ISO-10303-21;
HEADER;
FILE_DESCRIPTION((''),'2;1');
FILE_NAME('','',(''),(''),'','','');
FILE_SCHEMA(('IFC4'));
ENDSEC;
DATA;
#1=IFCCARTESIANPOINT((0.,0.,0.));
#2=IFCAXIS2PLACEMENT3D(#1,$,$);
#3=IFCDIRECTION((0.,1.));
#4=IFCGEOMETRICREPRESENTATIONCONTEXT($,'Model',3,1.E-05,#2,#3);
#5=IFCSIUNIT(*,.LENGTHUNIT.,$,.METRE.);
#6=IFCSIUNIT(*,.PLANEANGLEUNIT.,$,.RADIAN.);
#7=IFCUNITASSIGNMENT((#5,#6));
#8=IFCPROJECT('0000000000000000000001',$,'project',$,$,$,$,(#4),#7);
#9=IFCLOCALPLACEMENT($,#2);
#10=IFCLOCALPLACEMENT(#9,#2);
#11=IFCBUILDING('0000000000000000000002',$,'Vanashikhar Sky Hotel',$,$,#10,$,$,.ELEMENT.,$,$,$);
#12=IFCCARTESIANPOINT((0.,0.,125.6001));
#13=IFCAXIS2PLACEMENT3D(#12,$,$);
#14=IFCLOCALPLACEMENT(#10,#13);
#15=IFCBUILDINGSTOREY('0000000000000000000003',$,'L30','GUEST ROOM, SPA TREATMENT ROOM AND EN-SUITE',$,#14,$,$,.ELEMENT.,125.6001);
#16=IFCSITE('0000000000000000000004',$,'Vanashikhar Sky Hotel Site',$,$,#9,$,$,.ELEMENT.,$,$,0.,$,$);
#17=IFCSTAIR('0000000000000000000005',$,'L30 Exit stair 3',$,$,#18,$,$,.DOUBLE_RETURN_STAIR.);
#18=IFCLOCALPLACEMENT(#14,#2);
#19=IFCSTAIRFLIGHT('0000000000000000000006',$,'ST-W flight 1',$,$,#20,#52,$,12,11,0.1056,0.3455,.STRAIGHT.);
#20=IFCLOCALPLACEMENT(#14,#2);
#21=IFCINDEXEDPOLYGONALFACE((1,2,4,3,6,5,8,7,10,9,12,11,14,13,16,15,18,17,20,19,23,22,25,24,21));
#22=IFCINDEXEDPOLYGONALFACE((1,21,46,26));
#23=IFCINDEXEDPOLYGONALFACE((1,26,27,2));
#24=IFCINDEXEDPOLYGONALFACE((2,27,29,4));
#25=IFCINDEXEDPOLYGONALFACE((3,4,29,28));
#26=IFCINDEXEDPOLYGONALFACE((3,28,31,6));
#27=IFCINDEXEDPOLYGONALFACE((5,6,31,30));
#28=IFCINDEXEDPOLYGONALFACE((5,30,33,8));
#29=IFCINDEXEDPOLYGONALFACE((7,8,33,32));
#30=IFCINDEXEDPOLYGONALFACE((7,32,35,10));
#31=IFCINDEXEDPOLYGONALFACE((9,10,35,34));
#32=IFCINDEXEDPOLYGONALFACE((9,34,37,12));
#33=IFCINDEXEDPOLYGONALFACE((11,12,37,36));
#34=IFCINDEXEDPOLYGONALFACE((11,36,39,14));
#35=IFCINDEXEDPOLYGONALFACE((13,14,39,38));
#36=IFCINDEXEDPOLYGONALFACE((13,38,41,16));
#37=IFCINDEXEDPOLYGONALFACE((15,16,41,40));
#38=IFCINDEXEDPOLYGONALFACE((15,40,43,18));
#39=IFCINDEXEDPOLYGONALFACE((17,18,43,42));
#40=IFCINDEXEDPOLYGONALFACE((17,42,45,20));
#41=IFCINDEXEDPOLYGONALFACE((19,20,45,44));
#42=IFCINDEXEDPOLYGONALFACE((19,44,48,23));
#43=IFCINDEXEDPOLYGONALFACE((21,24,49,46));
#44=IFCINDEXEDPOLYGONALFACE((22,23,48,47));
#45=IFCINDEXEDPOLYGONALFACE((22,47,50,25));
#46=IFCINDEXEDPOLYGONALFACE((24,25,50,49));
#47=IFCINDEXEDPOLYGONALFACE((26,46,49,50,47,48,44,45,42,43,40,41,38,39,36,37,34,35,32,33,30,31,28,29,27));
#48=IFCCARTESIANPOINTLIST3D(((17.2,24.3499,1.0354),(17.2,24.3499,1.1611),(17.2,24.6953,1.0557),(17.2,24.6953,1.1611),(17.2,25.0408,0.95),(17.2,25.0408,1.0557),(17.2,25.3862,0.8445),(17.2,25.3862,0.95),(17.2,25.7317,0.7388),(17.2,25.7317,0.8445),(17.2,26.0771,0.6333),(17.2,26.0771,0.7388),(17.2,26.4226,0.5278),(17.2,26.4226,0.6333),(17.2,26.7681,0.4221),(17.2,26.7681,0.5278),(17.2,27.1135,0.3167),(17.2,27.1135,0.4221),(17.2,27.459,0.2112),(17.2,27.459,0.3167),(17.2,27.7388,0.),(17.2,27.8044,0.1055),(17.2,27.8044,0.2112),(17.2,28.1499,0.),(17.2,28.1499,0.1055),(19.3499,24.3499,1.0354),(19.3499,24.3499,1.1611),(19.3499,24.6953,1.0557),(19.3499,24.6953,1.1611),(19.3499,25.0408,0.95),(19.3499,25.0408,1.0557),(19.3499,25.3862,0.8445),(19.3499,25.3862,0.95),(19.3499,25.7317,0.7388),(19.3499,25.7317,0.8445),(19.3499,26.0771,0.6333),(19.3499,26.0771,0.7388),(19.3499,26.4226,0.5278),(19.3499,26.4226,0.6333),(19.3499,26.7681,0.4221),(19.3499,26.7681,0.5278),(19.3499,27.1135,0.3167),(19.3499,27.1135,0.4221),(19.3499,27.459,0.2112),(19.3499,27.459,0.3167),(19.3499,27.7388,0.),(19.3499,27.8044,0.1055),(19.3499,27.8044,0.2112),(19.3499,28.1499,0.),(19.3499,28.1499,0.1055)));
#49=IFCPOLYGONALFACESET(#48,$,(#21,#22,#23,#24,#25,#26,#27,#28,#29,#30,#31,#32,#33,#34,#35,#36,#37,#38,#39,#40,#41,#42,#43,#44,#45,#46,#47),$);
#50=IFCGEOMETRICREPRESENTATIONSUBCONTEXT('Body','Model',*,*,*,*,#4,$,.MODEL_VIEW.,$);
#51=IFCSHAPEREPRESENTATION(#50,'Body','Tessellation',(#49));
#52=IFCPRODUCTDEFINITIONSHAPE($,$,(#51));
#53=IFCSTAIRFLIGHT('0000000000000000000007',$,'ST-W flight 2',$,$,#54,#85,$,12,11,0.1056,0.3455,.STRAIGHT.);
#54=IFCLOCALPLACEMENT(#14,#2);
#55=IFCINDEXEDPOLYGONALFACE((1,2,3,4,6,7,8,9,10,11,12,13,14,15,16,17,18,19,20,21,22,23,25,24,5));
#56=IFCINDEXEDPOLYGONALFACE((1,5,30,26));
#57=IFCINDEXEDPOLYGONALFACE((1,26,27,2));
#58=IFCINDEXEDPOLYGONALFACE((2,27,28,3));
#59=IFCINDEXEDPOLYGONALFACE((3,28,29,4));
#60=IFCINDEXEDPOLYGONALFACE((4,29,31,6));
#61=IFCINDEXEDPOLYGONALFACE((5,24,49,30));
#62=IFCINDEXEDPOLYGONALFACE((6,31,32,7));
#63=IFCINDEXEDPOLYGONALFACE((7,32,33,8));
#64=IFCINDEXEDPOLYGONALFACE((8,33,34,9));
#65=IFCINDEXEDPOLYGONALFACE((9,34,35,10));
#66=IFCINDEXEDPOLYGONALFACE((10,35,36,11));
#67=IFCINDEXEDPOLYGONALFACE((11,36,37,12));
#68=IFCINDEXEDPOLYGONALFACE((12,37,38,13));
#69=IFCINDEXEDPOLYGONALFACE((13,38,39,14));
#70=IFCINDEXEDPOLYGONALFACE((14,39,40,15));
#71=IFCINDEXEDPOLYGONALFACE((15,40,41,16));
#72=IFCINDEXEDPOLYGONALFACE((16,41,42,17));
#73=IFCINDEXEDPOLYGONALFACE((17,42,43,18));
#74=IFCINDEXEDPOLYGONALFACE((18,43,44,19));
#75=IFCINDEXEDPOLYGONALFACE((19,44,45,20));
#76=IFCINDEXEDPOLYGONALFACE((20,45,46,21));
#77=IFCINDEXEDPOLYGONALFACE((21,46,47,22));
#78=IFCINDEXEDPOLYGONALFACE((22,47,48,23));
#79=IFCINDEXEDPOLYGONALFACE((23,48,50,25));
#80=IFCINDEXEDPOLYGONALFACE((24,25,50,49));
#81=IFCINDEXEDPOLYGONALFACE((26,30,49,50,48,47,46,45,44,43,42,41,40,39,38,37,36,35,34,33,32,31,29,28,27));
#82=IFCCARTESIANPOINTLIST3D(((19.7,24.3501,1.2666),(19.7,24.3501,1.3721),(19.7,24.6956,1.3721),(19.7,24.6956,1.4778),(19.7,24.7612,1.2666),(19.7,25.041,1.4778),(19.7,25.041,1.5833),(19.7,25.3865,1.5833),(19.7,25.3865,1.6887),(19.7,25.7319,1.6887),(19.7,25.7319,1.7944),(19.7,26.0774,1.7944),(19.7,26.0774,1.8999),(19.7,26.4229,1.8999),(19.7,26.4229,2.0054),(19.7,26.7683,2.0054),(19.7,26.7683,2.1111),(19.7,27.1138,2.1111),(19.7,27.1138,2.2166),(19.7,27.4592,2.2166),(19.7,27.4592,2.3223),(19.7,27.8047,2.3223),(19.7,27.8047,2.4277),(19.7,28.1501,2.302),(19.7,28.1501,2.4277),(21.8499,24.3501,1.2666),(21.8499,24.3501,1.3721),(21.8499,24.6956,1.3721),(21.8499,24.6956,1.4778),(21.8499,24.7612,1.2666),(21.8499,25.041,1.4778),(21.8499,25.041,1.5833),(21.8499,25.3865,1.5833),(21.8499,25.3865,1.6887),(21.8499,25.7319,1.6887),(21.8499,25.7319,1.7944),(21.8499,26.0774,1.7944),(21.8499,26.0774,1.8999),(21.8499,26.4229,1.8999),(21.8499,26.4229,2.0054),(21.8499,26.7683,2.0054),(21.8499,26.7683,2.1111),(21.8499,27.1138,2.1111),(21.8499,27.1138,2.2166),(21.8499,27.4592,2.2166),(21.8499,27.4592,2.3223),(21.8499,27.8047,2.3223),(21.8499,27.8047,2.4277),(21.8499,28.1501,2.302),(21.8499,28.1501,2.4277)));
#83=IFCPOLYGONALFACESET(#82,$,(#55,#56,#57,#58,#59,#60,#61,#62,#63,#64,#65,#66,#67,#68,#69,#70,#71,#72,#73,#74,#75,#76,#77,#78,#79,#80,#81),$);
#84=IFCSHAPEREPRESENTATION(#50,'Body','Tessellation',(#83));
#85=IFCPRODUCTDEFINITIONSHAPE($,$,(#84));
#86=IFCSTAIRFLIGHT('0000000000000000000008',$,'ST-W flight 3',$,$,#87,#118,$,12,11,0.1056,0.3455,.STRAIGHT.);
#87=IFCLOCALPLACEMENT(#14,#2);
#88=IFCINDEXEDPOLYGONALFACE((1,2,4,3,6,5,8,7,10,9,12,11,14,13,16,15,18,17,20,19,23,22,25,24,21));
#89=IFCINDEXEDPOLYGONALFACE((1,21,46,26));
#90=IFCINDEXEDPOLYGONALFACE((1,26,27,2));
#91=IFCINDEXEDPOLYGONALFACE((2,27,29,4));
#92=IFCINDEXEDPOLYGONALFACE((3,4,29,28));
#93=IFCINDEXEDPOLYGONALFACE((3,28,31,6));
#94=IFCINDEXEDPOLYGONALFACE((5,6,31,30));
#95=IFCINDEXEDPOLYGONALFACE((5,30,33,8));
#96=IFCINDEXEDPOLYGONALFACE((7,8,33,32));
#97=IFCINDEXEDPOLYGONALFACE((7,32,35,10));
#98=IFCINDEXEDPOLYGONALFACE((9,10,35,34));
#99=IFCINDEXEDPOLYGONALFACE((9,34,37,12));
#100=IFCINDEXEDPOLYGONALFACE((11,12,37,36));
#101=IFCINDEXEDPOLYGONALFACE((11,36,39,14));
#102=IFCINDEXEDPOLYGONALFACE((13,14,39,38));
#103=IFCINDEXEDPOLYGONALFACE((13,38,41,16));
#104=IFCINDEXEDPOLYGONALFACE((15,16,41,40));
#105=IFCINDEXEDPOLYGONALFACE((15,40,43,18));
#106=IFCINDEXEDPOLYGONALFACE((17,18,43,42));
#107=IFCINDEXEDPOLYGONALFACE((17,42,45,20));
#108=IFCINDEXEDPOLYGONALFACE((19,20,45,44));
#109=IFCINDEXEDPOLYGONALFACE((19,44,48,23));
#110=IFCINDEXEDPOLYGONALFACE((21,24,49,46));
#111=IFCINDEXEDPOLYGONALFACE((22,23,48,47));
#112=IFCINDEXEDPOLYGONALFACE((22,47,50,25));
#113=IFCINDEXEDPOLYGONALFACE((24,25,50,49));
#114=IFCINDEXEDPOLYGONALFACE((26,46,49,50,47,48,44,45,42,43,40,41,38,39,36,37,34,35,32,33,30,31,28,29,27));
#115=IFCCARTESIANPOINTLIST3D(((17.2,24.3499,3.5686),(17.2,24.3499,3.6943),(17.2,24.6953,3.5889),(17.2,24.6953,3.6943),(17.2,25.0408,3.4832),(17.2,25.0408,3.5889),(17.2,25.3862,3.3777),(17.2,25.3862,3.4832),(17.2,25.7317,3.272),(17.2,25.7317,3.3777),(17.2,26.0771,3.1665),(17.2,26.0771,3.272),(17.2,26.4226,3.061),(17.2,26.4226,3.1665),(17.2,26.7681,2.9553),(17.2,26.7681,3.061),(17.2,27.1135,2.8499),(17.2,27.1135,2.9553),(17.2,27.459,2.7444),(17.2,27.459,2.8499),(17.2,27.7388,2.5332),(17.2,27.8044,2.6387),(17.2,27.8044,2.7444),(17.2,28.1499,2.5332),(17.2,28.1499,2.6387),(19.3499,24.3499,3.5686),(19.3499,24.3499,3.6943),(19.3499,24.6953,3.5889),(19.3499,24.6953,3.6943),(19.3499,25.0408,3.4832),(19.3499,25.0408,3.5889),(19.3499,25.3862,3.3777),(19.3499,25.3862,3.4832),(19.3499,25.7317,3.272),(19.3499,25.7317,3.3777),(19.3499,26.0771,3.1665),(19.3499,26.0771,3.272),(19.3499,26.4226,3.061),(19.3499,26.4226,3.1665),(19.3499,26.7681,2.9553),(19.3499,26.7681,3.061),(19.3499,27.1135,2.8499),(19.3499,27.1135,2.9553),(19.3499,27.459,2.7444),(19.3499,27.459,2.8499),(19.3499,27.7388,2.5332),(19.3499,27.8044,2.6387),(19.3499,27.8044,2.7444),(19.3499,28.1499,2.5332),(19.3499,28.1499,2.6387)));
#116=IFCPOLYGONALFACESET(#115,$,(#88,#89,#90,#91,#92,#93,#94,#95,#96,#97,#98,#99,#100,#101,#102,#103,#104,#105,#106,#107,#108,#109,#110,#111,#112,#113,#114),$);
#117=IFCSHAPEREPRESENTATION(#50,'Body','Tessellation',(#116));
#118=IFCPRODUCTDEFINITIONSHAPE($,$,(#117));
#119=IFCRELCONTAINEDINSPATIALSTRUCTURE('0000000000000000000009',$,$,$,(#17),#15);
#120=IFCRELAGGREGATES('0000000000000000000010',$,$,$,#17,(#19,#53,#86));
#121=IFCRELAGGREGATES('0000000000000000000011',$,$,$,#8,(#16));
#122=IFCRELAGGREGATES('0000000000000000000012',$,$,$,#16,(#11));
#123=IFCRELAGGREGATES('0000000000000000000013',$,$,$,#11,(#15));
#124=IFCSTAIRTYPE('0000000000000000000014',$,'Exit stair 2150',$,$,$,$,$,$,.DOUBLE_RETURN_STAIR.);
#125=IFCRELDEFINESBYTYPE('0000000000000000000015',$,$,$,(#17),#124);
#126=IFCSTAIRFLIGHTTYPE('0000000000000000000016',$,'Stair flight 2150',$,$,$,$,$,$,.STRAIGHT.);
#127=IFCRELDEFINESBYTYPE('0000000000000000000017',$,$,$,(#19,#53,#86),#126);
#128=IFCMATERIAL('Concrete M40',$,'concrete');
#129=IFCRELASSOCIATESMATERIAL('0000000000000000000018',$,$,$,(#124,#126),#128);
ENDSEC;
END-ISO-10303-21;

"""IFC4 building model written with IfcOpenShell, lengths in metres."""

from ifc_helpers import new_model, si_unit, direction, frame, origin, place, context, subcontext, project, spatial, polyline, outline, extrude, source, transform, mapped, material, type_object, element, aggregate, save


model = new_model("IFC4")

# Units and contexts
model_context = context("Model", 3, precision=1e-05, world=origin(), true_north=direction((0.0, 1.0)))
body_context = subcontext(model_context, "Body", "Model", "MODEL_VIEW")
ifc_project = project(units=[si_unit("LENGTHUNIT", "METRE"), si_unit("PLANEANGLEUNIT", "RADIAN")], contexts=[model_context])

# Site, building, storey
site_placement = place(None, origin())
site = spatial("IfcSite", under=ifc_project, at=site_placement, Name="Vanashikhar Sky Hotel Site", CompositionType="ELEMENT", RefElevation=0.0)
building_placement = place(site_placement, origin())
building = spatial("IfcBuilding", under=site, at=building_placement, Name="Vanashikhar Sky Hotel", CompositionType="ELEMENT")
storey_placement = place(building_placement, frame((0.0, 0.0, 125.6001)))
storey = spatial("IfcBuildingStorey", under=building, at=storey_placement, Name="L30", Description="GUEST ROOM, SPA TREATMENT ROOM AND EN-SUITE", CompositionType="ELEMENT", Elevation=125.6001)

# Stair, stair flights
ifc_material_1 = material(Name="Concrete M40", Category="concrete")
stair_type = type_object("IfcStairType", Name="Exit stair 2150", PredefinedType="DOUBLE_RETURN_STAIR", material=ifc_material_1)
stair_placement = place(storey_placement, origin())
stair = element("IfcStair", 1, at=stair_placement, inside=storey, type_object=stair_type, Name="L30 Exit stair 3", PredefinedType="DOUBLE_RETURN_STAIR")
stair_flight_type = type_object("IfcStairFlightType", Name="Stair flight 2150", PredefinedType="STRAIGHT", material=ifc_material_1)
shared_shape_1 = source(origin(), body_context, "Body", "SweptSolid", [
    extrude(outline(polyline([(0.0, 0.0), (0.0, 0.1055), (0.3455, 0.1055), (0.3455, 0.2112), (0.6909, 0.2112), (0.6909, 0.3167), (1.0364, 0.3167), (1.0364, 0.4221), (1.3818, 0.4221), (1.3818, 0.5278), (1.7273, 0.5278), (1.7273, 0.6333), (2.0728, 0.6333), (2.0728, 0.7388), (2.4182, 0.7388), (2.4182, 0.8445), (2.7637, 0.8445), (2.7637, 0.95), (3.1091, 0.95), (3.1091, 1.0557), (3.4546, 1.0557), (3.4546, 1.1611), (3.8, 1.1611), (3.8, 1.2666), (3.8, 1.0354), (0.4111, 0.0), (0.0, 0.0)])), frame((0.0, 1.075, 0.0), z_axis=(0.0, -1.0, 0.0), x_axis=(1.0, 0.0, 0.0)), (0.0, 0.0, 1.0), 2.1499),
])
stair_flight_1_placement = place(storey_placement, frame((18.2749, 28.1499, 0.0), z_axis=(0.0, 0.0, 1.0), x_axis=(0.0, -1.0, 0.0)))
stair_flight_1 = element("IfcStairFlight", 2, at=stair_flight_1_placement, type_object=stair_flight_type, Name="ST-W flight 1", NumberOfRisers=12, NumberOfTreads=11, PredefinedType="STRAIGHT", RiserHeight=0.1056, TreadLength=0.3455, context=body_context, shape_type="MappedRepresentation", body=[
    mapped(shared_shape_1, transform((0.0, 0.0, 0.0), scale=1.0)),
])
stair_flight_2_placement = place(storey_placement, frame((20.7749, 24.3501, 1.2666), z_axis=(0.0, 0.0, 1.0), x_axis=(0.0, 1.0, 0.0)))
stair_flight_2 = element("IfcStairFlight", 3, at=stair_flight_2_placement, type_object=stair_flight_type, Name="ST-W flight 2", NumberOfRisers=12, NumberOfTreads=11, PredefinedType="STRAIGHT", RiserHeight=0.1056, TreadLength=0.3455, context=body_context, shape_type="MappedRepresentation", body=[
    mapped(shared_shape_1, transform((0.0, 0.0, 0.0), scale=1.0)),
])
stair_flight_3_placement = place(storey_placement, frame((18.2749, 28.1499, 2.5332), z_axis=(0.0, 0.0, 1.0), x_axis=(0.0, -1.0, 0.0)))
stair_flight_3 = element("IfcStairFlight", 4, at=stair_flight_3_placement, type_object=stair_flight_type, Name="ST-W flight 3", NumberOfRisers=12, NumberOfTreads=11, PredefinedType="STRAIGHT", RiserHeight=0.1056, TreadLength=0.3455, context=body_context, shape_type="MappedRepresentation", body=[
    mapped(shared_shape_1, transform((0.0, 0.0, 0.0), scale=1.0)),
])
aggregate(stair, [stair_flight_1, stair_flight_2, stair_flight_3])

save(model, "model.ifc")
